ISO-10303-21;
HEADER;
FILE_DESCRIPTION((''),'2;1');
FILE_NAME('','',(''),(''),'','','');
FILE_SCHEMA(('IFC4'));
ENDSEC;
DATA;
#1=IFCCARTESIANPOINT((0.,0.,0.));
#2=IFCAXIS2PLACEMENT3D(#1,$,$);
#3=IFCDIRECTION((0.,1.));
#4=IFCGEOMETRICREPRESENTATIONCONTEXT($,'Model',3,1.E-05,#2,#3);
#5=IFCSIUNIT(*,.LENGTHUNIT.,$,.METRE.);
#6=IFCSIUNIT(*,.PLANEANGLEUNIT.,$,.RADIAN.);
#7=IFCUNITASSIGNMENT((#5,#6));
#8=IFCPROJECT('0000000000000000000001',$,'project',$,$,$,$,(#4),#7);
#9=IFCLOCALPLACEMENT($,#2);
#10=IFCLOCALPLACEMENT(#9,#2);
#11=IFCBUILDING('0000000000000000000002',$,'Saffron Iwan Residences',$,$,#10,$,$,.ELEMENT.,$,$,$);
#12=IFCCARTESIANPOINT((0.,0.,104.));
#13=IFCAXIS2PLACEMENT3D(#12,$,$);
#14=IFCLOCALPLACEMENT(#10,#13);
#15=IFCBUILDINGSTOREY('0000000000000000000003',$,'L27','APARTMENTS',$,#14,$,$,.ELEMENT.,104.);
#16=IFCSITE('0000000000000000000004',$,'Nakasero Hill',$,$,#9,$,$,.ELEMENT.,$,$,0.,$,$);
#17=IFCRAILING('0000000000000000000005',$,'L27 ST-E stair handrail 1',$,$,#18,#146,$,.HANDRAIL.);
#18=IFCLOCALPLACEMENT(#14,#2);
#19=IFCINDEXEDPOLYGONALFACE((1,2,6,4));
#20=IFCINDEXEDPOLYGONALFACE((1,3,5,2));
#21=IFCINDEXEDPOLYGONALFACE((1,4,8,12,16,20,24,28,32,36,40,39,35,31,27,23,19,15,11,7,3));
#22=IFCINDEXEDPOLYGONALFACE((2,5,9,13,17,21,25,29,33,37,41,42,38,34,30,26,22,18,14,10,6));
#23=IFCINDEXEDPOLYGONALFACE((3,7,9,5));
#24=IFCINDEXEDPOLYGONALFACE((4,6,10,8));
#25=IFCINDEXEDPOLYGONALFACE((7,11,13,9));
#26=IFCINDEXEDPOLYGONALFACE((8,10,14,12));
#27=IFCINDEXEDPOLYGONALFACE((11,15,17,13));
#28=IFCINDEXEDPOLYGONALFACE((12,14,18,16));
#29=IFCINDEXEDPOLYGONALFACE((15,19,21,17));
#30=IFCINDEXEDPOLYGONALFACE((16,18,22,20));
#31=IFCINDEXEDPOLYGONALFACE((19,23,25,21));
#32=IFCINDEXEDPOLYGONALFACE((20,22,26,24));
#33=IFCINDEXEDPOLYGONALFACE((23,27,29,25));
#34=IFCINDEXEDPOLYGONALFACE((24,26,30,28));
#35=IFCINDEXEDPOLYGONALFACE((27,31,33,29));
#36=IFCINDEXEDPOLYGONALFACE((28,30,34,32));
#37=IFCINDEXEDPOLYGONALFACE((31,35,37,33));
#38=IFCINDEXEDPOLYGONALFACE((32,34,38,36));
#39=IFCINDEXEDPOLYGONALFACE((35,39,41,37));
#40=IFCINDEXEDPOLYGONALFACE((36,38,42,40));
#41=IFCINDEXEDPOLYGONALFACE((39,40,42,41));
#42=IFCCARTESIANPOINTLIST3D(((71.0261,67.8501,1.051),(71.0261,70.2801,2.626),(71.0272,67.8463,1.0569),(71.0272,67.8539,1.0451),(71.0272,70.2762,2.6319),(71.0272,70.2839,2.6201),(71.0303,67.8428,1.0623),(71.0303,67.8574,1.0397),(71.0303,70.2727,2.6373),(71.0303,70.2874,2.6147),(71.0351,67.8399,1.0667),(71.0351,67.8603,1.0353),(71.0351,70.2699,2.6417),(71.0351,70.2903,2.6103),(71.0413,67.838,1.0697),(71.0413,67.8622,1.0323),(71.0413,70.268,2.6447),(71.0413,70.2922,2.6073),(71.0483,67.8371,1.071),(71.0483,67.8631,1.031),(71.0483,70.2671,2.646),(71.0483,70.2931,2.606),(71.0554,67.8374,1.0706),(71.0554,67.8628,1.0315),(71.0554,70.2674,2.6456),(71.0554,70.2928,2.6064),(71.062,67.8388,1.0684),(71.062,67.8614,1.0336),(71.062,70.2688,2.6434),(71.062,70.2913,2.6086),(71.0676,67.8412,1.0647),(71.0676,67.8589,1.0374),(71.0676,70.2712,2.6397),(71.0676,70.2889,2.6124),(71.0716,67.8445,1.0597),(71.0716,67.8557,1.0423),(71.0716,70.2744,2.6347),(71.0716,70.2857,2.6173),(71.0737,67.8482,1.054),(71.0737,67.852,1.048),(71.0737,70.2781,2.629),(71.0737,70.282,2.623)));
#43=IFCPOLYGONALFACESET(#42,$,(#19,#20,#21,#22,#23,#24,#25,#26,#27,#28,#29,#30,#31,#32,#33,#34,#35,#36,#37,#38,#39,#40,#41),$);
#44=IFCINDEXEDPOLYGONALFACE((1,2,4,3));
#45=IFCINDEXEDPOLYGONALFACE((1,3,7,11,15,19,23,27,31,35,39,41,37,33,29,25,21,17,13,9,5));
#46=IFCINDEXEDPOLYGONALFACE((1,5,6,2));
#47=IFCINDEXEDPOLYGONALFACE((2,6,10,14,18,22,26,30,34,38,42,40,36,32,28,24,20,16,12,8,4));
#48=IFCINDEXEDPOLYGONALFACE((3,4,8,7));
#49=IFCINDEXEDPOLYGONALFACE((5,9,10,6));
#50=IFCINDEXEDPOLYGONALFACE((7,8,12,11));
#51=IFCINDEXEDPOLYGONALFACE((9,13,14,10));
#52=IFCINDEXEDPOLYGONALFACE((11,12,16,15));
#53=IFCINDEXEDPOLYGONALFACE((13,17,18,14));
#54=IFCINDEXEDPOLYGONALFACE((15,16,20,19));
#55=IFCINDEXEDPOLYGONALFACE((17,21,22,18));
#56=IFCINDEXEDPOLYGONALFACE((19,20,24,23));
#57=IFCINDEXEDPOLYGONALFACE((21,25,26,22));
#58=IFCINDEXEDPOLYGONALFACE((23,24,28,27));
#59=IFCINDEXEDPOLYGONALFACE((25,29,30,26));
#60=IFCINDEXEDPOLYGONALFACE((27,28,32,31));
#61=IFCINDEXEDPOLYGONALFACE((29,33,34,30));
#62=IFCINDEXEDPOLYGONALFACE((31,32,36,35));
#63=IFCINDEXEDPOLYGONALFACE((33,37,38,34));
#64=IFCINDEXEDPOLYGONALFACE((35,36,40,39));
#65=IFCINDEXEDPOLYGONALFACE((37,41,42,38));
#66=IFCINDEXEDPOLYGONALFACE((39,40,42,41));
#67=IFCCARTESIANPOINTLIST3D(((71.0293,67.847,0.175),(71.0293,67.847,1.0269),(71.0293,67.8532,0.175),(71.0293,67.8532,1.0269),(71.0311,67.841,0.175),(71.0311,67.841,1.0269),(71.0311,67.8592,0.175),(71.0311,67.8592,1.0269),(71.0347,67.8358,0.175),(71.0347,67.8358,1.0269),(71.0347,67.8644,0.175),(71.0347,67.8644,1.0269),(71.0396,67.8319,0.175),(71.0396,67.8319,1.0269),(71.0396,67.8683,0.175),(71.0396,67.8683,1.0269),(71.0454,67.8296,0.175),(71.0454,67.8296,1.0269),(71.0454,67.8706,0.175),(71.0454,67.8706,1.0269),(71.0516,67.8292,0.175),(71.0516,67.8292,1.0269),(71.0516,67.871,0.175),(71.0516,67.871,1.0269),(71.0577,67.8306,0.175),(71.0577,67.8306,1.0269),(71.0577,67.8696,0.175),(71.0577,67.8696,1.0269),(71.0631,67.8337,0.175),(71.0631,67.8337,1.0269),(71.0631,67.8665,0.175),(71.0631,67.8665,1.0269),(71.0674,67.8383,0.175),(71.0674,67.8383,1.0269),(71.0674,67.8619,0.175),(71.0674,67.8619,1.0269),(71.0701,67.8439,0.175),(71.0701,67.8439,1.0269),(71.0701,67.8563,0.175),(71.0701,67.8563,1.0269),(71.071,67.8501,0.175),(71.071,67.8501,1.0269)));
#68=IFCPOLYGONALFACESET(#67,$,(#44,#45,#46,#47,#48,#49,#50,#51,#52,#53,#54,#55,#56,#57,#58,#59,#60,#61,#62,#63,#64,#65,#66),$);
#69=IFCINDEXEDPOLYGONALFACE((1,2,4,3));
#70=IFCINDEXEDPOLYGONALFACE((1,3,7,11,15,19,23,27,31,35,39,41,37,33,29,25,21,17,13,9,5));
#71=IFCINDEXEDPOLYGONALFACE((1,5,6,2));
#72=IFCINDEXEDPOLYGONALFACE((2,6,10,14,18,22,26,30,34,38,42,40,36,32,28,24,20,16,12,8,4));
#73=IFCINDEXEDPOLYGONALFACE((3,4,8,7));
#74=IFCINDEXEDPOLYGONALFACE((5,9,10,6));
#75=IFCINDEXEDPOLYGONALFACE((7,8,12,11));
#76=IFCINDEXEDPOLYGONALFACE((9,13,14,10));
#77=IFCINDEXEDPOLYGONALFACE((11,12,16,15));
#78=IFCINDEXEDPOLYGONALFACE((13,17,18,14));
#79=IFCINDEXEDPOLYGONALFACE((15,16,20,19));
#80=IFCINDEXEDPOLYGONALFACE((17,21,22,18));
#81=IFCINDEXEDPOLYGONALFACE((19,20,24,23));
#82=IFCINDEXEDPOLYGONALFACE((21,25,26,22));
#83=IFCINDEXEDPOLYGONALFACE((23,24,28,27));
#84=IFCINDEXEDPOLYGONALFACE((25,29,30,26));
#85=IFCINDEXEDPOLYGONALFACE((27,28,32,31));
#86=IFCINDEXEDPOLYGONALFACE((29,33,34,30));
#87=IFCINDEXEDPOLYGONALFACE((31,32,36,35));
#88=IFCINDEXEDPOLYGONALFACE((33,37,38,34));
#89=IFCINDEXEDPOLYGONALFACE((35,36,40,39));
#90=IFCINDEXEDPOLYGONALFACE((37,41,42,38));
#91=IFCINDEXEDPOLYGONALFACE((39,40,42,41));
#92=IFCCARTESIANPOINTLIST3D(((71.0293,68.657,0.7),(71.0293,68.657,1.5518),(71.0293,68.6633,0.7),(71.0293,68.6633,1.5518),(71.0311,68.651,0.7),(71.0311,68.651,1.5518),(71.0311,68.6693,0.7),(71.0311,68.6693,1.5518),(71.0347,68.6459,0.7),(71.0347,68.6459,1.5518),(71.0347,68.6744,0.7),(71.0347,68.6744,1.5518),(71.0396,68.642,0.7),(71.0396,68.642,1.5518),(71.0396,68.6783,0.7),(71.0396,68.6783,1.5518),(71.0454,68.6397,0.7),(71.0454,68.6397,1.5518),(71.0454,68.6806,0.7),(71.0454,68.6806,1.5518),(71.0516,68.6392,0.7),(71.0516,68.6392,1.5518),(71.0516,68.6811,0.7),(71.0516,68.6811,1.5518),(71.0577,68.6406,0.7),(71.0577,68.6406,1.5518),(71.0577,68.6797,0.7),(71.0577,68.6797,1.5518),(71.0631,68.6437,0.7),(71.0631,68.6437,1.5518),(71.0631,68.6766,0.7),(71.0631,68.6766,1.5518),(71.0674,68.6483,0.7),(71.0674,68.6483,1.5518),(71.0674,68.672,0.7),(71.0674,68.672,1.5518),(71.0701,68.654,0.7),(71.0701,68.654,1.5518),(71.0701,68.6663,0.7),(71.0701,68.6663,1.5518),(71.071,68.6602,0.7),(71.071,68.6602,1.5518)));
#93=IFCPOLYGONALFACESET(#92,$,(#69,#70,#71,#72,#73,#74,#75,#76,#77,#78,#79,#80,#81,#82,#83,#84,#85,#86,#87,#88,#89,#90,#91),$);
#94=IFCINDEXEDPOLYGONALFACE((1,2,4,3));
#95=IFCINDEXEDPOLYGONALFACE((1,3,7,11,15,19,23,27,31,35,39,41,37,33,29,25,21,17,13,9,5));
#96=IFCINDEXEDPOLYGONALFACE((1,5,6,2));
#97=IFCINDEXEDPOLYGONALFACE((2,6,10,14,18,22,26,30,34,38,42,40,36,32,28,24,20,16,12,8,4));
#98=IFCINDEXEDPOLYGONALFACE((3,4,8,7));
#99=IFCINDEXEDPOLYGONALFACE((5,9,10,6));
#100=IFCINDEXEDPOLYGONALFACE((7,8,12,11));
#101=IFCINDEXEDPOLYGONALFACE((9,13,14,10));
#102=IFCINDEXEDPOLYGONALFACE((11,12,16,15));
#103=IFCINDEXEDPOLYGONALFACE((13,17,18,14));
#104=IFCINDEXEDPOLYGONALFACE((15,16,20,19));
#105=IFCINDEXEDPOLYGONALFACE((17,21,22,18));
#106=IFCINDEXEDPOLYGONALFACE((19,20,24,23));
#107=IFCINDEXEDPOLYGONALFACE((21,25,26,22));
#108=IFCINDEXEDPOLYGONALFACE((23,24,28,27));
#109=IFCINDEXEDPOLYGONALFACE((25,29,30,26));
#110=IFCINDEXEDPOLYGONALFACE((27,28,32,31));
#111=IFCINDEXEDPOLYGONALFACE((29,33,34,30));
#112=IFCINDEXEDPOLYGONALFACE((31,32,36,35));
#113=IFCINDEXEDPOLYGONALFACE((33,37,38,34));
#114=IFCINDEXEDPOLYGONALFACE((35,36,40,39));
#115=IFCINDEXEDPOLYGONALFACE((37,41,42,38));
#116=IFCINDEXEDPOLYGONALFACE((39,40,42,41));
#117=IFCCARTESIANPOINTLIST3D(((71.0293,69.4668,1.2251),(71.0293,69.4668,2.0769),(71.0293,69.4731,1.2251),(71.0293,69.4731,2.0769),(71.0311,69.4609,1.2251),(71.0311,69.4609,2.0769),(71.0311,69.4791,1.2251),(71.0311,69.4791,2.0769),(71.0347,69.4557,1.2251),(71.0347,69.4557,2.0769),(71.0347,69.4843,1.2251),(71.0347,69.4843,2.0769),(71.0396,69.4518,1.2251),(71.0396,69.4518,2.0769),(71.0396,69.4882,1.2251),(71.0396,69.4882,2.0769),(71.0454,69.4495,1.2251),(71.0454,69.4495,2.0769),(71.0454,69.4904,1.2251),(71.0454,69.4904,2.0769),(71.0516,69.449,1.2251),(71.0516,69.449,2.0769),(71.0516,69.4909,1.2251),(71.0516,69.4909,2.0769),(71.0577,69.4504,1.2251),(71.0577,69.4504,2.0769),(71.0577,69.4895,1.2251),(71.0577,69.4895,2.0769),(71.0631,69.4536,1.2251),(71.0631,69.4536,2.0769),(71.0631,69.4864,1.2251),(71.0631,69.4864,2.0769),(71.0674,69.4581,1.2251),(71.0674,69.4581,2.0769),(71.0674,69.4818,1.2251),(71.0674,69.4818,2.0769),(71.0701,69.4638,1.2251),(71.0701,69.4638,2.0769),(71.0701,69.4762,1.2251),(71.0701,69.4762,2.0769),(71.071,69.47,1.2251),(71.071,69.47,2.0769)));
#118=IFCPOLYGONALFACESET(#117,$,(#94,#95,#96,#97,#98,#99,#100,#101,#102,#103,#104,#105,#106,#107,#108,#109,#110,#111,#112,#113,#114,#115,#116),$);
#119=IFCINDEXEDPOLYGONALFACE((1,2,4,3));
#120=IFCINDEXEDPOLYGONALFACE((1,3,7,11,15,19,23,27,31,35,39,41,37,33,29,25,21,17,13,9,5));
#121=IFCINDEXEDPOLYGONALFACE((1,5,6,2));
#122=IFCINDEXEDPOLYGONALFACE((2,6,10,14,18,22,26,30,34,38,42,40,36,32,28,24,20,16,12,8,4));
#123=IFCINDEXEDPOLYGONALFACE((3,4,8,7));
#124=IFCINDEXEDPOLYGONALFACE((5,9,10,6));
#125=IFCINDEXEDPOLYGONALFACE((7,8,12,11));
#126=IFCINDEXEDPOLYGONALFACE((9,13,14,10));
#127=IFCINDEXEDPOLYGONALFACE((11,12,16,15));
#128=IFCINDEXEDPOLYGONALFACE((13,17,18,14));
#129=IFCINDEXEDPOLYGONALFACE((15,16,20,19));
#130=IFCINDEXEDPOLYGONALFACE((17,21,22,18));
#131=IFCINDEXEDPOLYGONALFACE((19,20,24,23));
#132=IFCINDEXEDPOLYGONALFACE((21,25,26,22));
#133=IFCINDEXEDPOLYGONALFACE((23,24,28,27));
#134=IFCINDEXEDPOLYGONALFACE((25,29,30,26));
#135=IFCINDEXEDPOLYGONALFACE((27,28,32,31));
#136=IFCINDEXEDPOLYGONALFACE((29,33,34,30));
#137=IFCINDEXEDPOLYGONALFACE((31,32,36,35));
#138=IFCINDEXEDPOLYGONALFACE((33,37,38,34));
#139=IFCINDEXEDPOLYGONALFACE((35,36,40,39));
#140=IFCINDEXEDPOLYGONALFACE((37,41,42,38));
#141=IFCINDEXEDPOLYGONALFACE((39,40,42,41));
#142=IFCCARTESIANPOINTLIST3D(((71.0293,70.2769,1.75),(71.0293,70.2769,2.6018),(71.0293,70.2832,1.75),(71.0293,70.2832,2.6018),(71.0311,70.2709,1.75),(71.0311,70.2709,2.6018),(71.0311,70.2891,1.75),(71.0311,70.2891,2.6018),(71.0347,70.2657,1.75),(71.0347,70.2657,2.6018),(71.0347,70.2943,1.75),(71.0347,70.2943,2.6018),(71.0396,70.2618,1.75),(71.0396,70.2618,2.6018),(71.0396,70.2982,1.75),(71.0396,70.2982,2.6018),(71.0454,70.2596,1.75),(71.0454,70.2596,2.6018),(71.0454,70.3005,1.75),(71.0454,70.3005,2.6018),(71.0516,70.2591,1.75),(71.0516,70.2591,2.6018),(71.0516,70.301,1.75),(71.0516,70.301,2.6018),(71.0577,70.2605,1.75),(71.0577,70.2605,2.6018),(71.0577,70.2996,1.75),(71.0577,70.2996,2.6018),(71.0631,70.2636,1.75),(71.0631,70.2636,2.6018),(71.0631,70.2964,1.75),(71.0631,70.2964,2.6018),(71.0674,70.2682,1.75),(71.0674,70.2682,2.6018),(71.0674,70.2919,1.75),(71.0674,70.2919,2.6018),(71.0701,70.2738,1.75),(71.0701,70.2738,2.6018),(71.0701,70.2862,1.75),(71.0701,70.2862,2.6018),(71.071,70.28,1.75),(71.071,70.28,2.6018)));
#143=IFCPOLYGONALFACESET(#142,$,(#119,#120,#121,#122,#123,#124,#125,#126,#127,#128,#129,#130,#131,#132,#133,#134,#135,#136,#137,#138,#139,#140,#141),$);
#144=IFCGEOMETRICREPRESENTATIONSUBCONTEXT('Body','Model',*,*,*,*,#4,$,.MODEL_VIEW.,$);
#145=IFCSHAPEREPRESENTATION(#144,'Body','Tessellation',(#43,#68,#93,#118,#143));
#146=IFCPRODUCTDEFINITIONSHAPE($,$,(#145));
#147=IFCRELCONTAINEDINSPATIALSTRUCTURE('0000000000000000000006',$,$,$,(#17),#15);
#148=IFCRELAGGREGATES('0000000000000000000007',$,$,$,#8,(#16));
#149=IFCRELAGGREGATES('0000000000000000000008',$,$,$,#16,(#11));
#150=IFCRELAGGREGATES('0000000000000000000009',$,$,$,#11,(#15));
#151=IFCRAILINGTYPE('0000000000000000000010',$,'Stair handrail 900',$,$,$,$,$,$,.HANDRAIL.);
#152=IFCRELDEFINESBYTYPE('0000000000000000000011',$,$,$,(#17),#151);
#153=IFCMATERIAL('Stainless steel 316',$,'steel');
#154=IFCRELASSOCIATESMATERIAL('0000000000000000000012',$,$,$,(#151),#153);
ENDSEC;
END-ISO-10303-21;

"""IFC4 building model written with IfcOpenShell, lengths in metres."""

from ifc_helpers import new_model, si_unit, direction, frame, origin, origin_2d, place, context, subcontext, project, spatial, circle, extrude, material, type_object, element, save


model = new_model("IFC4")

# Units and contexts
model_context = context("Model", 3, precision=1e-05, world=origin(), true_north=direction((0.0, 1.0)))
body_context = subcontext(model_context, "Body", "Model", "MODEL_VIEW")
ifc_project = project(units=[si_unit("LENGTHUNIT", "METRE"), si_unit("PLANEANGLEUNIT", "RADIAN")], contexts=[model_context])

# Site, building, storey
site_placement = place(None, origin())
site = spatial("IfcSite", under=ifc_project, at=site_placement, Name="Nakasero Hill", CompositionType="ELEMENT", RefElevation=0.0)
building_placement = place(site_placement, origin())
building = spatial("IfcBuilding", under=site, at=building_placement, Name="Saffron Iwan Residences", CompositionType="ELEMENT")
storey_placement = place(building_placement, frame((0.0, 0.0, 104.0)))
storey = spatial("IfcBuildingStorey", under=building, at=storey_placement, Name="L27", Description="APARTMENTS", CompositionType="ELEMENT", Elevation=104.0)

# Railing
ifc_material_1 = material(Name="Stainless steel 316", Category="steel")
railing_type_1 = type_object("IfcRailingType", Name="Stair handrail 900", PredefinedType="HANDRAIL", material=ifc_material_1)
railing_1_placement = place(storey_placement, frame((71.05, 67.8501, 0.175)))
element("IfcRailing", 1, at=railing_1_placement, inside=storey, type_object=railing_type_1, Name="L27 ST-E stair handrail 1", PredefinedType="HANDRAIL", context=body_context, shape_type="SweptSolid", body=[
    extrude(circle(Radius=0.0239, at=origin_2d()), frame((0.0, 0.0, 0.876), z_axis=(0.0, 0.839154, 0.543894), x_axis=(-1.0, 0.0, 0.0)), (0.0, 0.0, 1.0), 2.8958),
    extrude(circle(Radius=0.021, at=origin_2d()), origin(), (0.0, 0.0, 1.0), 0.8518),
    extrude(circle(Radius=0.021, at=origin_2d()), frame((0.0, 0.8101, 0.5249)), (0.0, 0.0, 1.0), 0.8518),
    extrude(circle(Radius=0.021, at=origin_2d()), frame((0.0, 1.6199, 1.05)), (0.0, 0.0, 1.0), 0.8518),
    extrude(circle(Radius=0.021, at=origin_2d()), frame((0.0, 2.4299, 1.575)), (0.0, 0.0, 1.0), 0.8518),
])

save(model, "model.ifc")
